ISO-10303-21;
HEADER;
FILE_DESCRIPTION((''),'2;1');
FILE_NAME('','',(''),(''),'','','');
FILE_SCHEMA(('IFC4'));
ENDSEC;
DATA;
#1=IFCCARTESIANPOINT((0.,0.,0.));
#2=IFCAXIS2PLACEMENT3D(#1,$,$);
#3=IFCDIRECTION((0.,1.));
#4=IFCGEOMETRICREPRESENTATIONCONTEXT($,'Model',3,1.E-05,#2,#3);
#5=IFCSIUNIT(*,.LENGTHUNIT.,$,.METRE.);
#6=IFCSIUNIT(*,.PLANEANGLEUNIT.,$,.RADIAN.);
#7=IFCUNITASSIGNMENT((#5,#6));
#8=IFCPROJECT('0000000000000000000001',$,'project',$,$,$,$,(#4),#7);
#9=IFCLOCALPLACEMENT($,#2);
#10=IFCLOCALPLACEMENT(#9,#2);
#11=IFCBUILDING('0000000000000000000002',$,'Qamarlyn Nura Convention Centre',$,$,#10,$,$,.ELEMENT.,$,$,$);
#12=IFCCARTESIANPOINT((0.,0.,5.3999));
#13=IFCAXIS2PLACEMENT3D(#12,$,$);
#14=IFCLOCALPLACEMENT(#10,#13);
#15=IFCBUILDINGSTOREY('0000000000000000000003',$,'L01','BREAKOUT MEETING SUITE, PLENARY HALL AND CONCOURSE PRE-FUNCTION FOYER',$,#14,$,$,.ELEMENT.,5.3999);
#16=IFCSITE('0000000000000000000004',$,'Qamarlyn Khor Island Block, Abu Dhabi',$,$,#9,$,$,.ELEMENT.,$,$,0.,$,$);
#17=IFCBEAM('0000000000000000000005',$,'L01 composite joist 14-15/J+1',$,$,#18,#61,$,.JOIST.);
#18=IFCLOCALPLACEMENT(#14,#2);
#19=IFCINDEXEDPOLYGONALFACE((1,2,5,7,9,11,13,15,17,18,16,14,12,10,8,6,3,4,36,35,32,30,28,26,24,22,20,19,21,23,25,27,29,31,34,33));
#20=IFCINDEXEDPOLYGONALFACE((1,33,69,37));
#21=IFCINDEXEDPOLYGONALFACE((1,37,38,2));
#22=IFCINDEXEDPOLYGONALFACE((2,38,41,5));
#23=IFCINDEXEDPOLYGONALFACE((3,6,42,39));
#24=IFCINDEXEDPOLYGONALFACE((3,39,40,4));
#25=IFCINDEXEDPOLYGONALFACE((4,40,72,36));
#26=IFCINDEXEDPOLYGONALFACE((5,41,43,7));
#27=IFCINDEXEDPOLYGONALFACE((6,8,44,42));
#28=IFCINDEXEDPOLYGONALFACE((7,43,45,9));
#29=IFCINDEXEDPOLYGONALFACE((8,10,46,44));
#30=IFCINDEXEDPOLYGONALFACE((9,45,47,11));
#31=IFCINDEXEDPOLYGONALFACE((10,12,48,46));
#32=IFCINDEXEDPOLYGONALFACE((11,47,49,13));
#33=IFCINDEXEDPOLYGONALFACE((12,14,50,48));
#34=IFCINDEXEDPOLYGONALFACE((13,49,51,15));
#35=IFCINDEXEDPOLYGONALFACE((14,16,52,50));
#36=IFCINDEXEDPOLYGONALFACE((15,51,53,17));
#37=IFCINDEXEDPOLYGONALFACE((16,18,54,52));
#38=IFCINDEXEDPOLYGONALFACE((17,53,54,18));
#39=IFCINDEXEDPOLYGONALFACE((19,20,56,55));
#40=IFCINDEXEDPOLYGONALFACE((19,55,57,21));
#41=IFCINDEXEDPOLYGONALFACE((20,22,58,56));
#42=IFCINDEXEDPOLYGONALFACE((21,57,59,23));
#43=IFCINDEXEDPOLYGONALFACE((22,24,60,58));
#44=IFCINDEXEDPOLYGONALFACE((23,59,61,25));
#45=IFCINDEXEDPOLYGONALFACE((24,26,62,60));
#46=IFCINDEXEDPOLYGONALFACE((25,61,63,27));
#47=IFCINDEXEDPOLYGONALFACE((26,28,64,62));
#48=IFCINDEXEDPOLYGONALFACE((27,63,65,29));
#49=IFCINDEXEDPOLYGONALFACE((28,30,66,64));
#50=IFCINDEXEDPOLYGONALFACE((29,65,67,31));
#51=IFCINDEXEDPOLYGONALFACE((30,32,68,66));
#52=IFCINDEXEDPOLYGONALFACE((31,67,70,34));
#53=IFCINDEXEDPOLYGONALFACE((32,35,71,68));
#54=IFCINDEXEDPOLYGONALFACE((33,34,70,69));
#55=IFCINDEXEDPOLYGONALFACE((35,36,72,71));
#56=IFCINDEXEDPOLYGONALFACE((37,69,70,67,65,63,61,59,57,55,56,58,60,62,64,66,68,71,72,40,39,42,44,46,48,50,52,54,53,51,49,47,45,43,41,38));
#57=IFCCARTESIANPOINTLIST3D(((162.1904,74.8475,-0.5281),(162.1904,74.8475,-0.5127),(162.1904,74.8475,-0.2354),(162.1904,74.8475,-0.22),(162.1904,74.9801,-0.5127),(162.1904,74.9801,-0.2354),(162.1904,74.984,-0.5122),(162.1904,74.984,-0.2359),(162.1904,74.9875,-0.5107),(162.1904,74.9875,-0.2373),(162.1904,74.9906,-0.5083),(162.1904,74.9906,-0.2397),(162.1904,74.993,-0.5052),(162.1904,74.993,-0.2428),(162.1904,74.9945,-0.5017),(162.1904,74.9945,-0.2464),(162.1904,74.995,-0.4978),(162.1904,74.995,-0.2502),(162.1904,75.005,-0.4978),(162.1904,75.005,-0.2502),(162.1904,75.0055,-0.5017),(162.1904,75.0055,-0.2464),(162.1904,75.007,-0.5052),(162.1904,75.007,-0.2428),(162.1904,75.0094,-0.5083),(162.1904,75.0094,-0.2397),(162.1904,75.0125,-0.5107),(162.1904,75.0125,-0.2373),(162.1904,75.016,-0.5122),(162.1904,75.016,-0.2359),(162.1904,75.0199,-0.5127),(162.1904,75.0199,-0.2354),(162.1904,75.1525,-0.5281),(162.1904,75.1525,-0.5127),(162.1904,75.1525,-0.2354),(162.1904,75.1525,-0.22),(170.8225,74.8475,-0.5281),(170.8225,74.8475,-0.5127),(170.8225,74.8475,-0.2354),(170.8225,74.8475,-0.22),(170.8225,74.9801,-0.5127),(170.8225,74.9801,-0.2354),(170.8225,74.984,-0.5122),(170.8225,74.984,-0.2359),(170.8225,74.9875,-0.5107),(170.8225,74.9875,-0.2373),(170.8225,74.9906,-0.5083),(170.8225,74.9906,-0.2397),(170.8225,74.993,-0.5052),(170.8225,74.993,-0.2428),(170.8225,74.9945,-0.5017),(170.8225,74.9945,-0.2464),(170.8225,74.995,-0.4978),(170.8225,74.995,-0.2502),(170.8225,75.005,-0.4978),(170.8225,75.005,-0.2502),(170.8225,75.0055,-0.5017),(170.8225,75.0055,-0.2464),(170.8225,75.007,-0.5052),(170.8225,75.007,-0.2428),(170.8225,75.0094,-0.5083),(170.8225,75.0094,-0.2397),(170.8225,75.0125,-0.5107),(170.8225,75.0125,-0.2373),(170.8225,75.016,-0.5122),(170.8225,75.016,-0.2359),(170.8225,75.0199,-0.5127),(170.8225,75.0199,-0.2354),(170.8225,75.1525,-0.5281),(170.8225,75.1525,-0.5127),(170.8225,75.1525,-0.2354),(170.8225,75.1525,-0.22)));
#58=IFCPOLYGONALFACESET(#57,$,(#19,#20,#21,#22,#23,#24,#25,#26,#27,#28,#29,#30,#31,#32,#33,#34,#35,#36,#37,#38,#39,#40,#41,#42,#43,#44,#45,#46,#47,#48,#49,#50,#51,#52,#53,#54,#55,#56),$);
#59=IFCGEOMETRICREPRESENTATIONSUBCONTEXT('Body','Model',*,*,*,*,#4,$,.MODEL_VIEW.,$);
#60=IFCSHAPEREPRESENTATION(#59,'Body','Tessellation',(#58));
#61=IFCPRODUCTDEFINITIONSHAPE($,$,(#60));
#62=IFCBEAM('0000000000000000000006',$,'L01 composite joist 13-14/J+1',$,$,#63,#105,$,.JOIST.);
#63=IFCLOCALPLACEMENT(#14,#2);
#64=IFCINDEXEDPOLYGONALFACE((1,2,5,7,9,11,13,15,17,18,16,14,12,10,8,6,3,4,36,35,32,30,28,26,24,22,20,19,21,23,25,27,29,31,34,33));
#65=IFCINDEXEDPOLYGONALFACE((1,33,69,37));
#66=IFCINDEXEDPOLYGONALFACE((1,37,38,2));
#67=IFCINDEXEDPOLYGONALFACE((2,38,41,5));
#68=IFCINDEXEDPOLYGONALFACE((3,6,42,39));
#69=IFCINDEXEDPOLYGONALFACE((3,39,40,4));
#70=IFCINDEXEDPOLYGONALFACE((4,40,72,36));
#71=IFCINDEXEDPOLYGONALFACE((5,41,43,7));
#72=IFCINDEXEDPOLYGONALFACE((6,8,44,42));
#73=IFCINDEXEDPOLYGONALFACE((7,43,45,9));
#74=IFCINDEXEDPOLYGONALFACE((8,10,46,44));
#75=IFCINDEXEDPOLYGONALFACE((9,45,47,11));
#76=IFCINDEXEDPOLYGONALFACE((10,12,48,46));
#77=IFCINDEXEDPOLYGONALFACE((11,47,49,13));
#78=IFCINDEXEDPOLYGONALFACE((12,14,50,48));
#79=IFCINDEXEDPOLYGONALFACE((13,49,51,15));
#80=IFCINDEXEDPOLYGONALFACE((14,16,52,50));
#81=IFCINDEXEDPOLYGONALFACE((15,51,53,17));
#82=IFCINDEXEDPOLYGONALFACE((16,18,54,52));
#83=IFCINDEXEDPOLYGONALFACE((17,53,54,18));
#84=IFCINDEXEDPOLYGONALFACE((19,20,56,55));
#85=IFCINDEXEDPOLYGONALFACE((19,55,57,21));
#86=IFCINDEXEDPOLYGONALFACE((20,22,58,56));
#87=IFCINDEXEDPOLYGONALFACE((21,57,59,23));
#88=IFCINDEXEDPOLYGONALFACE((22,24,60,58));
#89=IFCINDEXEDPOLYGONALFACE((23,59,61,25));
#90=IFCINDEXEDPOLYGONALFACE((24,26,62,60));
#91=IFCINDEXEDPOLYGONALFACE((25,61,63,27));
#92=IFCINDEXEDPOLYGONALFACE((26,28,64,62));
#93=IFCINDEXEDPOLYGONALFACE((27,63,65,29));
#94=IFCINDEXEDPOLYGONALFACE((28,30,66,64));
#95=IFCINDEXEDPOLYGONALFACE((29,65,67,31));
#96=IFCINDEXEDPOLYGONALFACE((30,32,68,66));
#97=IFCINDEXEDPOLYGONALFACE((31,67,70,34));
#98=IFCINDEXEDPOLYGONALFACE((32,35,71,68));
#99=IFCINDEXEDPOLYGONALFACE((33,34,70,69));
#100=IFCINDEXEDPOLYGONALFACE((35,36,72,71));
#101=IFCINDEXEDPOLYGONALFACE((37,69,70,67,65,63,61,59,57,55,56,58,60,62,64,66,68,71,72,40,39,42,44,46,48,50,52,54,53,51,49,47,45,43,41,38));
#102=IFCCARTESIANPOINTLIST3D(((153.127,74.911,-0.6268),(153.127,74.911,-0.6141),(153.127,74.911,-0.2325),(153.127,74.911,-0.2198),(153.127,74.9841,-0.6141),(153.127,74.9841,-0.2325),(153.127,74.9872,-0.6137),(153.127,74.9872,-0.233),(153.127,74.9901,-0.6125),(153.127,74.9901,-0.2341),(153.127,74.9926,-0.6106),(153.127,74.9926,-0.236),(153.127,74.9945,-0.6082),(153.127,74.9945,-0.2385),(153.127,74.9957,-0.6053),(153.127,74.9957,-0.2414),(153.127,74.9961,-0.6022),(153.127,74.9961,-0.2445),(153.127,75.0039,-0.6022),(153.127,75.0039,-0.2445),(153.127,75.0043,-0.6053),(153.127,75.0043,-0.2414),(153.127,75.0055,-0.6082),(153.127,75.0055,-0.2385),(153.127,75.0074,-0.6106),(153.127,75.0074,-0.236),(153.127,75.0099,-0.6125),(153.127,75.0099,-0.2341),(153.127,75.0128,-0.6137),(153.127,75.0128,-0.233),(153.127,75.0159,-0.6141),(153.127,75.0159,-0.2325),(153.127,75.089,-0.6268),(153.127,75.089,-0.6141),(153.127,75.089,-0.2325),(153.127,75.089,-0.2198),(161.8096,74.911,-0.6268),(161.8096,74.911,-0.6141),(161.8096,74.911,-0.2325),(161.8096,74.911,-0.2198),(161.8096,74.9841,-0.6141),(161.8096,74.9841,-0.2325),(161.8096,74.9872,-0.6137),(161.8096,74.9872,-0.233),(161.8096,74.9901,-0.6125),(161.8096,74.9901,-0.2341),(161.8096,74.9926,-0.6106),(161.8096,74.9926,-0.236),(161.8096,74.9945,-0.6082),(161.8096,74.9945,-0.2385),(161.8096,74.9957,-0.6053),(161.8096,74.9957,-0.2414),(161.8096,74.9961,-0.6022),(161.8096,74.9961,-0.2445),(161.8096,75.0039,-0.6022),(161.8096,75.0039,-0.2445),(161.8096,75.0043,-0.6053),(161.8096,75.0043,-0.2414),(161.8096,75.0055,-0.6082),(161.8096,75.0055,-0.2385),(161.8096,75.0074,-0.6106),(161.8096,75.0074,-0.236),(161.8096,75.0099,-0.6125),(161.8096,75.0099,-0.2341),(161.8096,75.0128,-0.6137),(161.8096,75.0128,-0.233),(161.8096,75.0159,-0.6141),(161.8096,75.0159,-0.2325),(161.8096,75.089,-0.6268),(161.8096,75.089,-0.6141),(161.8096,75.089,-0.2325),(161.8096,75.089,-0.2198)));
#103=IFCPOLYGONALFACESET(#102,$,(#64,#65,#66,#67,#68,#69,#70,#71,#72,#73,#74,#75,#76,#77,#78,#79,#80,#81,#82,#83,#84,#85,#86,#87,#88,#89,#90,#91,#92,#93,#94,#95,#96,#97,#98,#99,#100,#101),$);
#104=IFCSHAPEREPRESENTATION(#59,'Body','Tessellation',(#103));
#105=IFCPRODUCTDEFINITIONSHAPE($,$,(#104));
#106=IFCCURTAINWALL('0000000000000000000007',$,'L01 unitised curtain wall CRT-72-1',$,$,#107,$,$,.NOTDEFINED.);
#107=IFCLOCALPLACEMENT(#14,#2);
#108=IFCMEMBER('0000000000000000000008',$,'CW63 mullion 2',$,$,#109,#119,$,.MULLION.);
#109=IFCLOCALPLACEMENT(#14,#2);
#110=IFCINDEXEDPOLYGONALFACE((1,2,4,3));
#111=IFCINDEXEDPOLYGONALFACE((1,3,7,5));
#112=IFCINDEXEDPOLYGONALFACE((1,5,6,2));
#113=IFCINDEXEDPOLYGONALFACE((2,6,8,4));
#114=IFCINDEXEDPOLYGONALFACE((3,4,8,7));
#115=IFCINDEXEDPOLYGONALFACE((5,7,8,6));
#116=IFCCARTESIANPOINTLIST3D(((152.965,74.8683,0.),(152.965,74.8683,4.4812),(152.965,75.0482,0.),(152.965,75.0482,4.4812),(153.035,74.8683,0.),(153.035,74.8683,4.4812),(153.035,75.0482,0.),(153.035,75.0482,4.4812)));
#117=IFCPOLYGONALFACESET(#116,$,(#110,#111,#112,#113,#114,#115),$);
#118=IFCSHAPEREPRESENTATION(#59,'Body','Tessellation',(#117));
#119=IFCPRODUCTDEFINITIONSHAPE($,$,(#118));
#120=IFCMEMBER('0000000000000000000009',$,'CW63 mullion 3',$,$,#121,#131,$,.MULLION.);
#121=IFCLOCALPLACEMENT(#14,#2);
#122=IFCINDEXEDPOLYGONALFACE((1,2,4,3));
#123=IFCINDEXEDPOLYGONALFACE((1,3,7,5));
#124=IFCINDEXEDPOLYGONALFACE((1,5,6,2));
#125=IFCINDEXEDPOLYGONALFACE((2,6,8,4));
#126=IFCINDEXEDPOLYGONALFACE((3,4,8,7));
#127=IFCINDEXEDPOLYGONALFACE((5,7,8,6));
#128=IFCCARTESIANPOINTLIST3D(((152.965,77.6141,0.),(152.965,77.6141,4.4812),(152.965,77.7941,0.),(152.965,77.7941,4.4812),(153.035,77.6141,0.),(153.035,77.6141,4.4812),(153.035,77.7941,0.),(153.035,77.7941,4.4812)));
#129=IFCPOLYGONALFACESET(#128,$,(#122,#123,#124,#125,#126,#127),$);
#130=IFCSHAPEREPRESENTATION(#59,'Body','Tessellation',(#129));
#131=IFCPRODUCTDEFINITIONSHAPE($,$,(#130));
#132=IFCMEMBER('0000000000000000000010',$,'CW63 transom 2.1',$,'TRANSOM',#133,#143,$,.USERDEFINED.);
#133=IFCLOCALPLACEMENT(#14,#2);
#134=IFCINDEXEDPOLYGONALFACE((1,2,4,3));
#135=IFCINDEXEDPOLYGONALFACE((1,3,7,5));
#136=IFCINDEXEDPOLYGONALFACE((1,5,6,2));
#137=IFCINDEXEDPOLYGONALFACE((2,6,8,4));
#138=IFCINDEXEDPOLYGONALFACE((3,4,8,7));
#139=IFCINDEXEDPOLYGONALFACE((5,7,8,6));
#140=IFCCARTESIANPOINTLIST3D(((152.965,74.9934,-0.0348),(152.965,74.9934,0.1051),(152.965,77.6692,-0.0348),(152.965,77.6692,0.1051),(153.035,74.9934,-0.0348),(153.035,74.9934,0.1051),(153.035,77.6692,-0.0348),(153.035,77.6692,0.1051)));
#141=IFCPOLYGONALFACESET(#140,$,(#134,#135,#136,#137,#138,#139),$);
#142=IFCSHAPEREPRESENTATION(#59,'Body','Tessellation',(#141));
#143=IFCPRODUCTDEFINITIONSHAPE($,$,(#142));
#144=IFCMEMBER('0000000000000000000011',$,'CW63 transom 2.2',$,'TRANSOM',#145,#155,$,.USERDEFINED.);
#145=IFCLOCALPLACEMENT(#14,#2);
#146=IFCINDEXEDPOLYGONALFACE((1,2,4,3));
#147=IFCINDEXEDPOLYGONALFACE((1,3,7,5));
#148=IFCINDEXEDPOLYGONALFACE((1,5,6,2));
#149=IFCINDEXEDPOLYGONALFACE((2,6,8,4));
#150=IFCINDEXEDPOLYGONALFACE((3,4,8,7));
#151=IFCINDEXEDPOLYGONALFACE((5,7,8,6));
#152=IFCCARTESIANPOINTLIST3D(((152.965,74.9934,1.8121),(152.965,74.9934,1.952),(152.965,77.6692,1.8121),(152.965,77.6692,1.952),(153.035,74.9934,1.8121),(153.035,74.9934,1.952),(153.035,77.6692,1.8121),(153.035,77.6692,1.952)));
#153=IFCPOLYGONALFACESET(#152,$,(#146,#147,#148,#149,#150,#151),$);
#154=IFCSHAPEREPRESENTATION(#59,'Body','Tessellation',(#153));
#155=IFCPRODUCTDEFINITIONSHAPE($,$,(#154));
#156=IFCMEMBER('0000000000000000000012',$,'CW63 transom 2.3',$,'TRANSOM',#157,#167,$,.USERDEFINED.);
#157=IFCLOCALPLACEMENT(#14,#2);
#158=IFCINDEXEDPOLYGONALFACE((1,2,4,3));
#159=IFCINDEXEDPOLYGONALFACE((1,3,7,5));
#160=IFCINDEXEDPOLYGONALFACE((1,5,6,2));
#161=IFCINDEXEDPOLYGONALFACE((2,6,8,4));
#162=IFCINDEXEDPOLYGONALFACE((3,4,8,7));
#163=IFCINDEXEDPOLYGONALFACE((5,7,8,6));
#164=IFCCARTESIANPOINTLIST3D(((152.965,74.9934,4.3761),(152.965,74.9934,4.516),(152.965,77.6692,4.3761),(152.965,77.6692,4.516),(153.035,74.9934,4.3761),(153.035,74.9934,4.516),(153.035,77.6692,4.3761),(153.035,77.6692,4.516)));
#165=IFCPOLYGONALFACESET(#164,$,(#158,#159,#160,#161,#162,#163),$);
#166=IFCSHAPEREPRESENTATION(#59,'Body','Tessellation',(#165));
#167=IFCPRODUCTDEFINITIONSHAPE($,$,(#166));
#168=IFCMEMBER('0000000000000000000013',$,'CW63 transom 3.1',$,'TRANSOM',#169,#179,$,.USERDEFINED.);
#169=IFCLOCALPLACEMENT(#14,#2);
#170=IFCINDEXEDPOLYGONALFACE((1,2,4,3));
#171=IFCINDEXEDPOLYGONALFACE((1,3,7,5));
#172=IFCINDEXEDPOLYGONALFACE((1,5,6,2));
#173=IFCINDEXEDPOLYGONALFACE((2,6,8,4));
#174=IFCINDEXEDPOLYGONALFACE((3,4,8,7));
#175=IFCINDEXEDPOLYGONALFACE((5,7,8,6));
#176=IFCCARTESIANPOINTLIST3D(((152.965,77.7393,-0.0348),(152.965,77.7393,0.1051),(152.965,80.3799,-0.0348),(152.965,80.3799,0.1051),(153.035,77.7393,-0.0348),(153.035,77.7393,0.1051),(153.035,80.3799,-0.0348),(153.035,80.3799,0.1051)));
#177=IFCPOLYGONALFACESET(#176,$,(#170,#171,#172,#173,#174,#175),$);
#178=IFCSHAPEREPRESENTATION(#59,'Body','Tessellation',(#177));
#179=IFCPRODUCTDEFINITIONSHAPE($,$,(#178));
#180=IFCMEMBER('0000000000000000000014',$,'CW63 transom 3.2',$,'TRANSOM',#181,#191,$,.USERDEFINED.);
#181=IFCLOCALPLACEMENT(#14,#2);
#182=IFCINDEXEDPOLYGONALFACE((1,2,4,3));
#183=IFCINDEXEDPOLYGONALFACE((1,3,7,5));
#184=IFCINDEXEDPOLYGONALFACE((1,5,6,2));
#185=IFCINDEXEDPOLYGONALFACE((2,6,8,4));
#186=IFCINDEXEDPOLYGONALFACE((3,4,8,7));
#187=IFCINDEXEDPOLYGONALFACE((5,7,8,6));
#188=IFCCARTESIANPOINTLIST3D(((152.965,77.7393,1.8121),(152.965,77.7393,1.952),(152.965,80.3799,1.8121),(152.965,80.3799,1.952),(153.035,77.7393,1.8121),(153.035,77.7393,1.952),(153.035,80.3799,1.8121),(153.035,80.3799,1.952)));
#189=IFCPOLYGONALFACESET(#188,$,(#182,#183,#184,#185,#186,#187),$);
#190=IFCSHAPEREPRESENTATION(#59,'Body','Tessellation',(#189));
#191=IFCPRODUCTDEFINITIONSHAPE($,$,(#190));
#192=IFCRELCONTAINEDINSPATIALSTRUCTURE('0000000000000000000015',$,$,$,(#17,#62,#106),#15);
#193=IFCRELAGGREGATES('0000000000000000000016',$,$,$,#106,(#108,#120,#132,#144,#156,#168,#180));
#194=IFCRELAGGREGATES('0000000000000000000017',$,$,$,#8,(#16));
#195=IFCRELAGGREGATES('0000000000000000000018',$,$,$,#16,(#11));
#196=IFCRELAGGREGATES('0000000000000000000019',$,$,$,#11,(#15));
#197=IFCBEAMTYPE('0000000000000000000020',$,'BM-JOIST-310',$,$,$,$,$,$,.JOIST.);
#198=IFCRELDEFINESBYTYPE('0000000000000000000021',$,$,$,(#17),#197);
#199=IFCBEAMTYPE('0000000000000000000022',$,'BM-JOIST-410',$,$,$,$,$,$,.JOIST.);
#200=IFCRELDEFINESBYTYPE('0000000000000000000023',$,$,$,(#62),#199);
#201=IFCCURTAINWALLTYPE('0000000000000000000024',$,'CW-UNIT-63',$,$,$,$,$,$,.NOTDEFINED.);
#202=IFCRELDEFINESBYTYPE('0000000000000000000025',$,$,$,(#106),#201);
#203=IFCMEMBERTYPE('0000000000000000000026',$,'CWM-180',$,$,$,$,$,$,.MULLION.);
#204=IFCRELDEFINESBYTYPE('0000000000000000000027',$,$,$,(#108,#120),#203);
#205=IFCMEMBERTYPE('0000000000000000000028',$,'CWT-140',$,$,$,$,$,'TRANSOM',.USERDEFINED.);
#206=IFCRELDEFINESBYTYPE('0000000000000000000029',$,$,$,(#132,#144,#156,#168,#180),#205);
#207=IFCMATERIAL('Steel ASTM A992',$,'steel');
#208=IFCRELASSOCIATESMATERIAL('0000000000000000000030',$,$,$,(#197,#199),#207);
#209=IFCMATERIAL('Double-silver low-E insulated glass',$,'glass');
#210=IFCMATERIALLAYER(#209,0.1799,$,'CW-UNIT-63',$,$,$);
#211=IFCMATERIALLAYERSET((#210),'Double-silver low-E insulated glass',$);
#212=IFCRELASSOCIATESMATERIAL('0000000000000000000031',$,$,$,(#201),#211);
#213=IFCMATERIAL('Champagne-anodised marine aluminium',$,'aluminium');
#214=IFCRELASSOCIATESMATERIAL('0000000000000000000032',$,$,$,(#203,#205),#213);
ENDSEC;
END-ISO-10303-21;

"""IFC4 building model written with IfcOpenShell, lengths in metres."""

from ifc_helpers import new_model, si_unit, direction, frame, origin, origin_2d, place, context, subcontext, project, spatial, rectangle, i_section, extrude, material, layer, layer_set, material_profile, profile_set, type_object, element, aggregate, save


model = new_model("IFC4")

# Units and contexts
model_context = context("Model", 3, precision=1e-05, world=origin(), true_north=direction((0.0, 1.0)))
body_context = subcontext(model_context, "Body", "Model", "MODEL_VIEW")
ifc_project = project(units=[si_unit("LENGTHUNIT", "METRE"), si_unit("PLANEANGLEUNIT", "RADIAN")], contexts=[model_context])

# Site, building, storey
site_placement = place(None, origin())
site = spatial("IfcSite", under=ifc_project, at=site_placement, Name="Qamarlyn Khor Island Block, Abu Dhabi", CompositionType="ELEMENT", RefElevation=0.0)
building_placement = place(site_placement, origin())
building = spatial("IfcBuilding", under=site, at=building_placement, Name="Qamarlyn Nura Convention Centre", CompositionType="ELEMENT")
storey_placement = place(building_placement, frame((0.0, 0.0, 5.3999)))
storey = spatial("IfcBuildingStorey", under=building, at=storey_placement, Name="L01", Description="BREAKOUT MEETING SUITE, PLENARY HALL AND CONCOURSE PRE-FUNCTION FOYER", CompositionType="ELEMENT", Elevation=5.3999)

# Beams
ifc_material_1 = material(Name="Steel ASTM A992", Category="steel")
ifc_material_profile_1 = material_profile(ifc_material_1, i_section(OverallWidth=0.3049, OverallDepth=0.3081, WebThickness=0.01, FlangeThickness=0.0154, FilletRadius=0.0149, at=origin_2d()), Name="W310X97")
ifc_profile_set_1 = profile_set([ifc_material_profile_1], Name="Steel ASTM A992")
beam_type_1 = type_object("IfcBeamType", Name="BM-JOIST-310", PredefinedType="JOIST", material=ifc_profile_set_1)
beam_1_placement = place(storey_placement, frame((162.1904, 75.0, -0.374), z_axis=(1.0, 0.0, 0.0), x_axis=(0.0, 1.0, 0.0)))
element("IfcBeam", 1, at=beam_1_placement, inside=storey, type_object=beam_type_1, Name="L01 composite joist 14-15/J+1", PredefinedType="JOIST", context=body_context, shape_type="SweptSolid", body=[
    extrude(i_section(OverallWidth=0.3049, OverallDepth=0.3081, WebThickness=0.01, FlangeThickness=0.0154, FilletRadius=0.0149, at=origin_2d()), origin(), (0.0, 0.0, 1.0), 8.6321),
])
ifc_material_profile_2 = material_profile(ifc_material_1, i_section(OverallWidth=0.178, OverallDepth=0.407, WebThickness=0.0078, FlangeThickness=0.0127, FilletRadius=0.012, at=origin_2d()), Name="W410X60")
ifc_profile_set_2 = profile_set([ifc_material_profile_2], Name="Steel ASTM A992")
beam_type_2 = type_object("IfcBeamType", Name="BM-JOIST-410", PredefinedType="JOIST", material=ifc_profile_set_2)
beam_2_placement = place(storey_placement, frame((153.127, 75.0, -0.4233), z_axis=(1.0, 0.0, 0.0), x_axis=(0.0, 1.0, 0.0)))
element("IfcBeam", 2, at=beam_2_placement, inside=storey, type_object=beam_type_2, Name="L01 composite joist 13-14/J+1", PredefinedType="JOIST", context=body_context, shape_type="SweptSolid", body=[
    extrude(i_section(OverallWidth=0.178, OverallDepth=0.407, WebThickness=0.0078, FlangeThickness=0.0127, FilletRadius=0.012, at=origin_2d()), origin(), (0.0, 0.0, 1.0), 8.6826),
])

# Curtain wall, members
ifc_material_2 = material(Name="Double-silver low-E insulated glass", Category="glass")
ifc_layer_1 = layer(ifc_material_2, 0.1799, Name="CW-UNIT-63")
ifc_layer_set_1 = layer_set([ifc_layer_1], Name="Double-silver low-E insulated glass")
curtain_wall_type = type_object("IfcCurtainWallType", Name="CW-UNIT-63", PredefinedType="NOTDEFINED", material=ifc_layer_set_1)
curtain_wall_placement = place(storey_placement, origin())
curtain_wall = element("IfcCurtainWall", 3, at=curtain_wall_placement, inside=storey, type_object=curtain_wall_type, Name="L01 unitised curtain wall CRT-72-1", PredefinedType="NOTDEFINED")
ifc_material_3 = material(Name="Champagne-anodised marine aluminium", Category="aluminium")
ifc_material_profile_3 = material_profile(ifc_material_3, rectangle(XDim=0.0701, YDim=0.1799, at=origin_2d()), Name="ALU MULLION 70x180")
ifc_profile_set_3 = profile_set([ifc_material_profile_3], Name="Champagne-anodised marine aluminium")
member_type_1 = type_object("IfcMemberType", Name="CWM-180", PredefinedType="MULLION", material=ifc_profile_set_3)
member_1_placement = place(storey_placement, frame((153.0, 74.9583, 0.0), z_axis=(0.0, 0.0, 1.0), x_axis=(-1.0, 0.0, 0.0)))
member_1 = element("IfcMember", 4, at=member_1_placement, type_object=member_type_1, Name="CW63 mullion 2", PredefinedType="MULLION", context=body_context, shape_type="SweptSolid", body=[
    extrude(rectangle(XDim=0.0701, YDim=0.1799, at=origin_2d()), origin(), (0.0, 0.0, 1.0), 4.4812),
])
member_2_placement = place(storey_placement, frame((153.0, 77.7041, 0.0), z_axis=(0.0, 0.0, 1.0), x_axis=(-1.0, 0.0, 0.0)))
member_2 = element("IfcMember", 5, at=member_2_placement, type_object=member_type_1, Name="CW63 mullion 3", PredefinedType="MULLION", context=body_context, shape_type="SweptSolid", body=[
    extrude(rectangle(XDim=0.0701, YDim=0.1799, at=origin_2d()), origin(), (0.0, 0.0, 1.0), 4.4812),
])
ifc_material_profile_4 = material_profile(ifc_material_3, rectangle(XDim=0.0701, YDim=0.1399, at=origin_2d()), Name="ALU TRANSOM 70x140")
ifc_profile_set_4 = profile_set([ifc_material_profile_4], Name="Champagne-anodised marine aluminium")
member_type_2 = type_object("IfcMemberType", Name="CWT-140", ElementType="TRANSOM", PredefinedType="USERDEFINED", material=ifc_profile_set_4)
member_3_placement = place(storey_placement, frame((153.0, 74.9934, 0.0352), z_axis=(0.0, 1.0, 0.0), x_axis=(-1.0, 0.0, 0.0)))
member_3 = element("IfcMember", 6, at=member_3_placement, type_object=member_type_2, Name="CW63 transom 2.1", ObjectType="TRANSOM", PredefinedType="USERDEFINED", context=body_context, shape_type="SweptSolid", body=[
    extrude(rectangle(XDim=0.0701, YDim=0.1399, at=origin_2d()), origin(), (0.0, 0.0, 1.0), 2.6758),
])
member_4_placement = place(storey_placement, frame((153.0, 74.9934, 1.8821), z_axis=(0.0, 1.0, 0.0), x_axis=(-1.0, 0.0, 0.0)))
member_4 = element("IfcMember", 7, at=member_4_placement, type_object=member_type_2, Name="CW63 transom 2.2", ObjectType="TRANSOM", PredefinedType="USERDEFINED", context=body_context, shape_type="SweptSolid", body=[
    extrude(rectangle(XDim=0.0701, YDim=0.1399, at=origin_2d()), origin(), (0.0, 0.0, 1.0), 2.6758),
])
member_5_placement = place(storey_placement, frame((153.0, 74.9934, 4.446), z_axis=(0.0, 1.0, 0.0), x_axis=(-1.0, 0.0, 0.0)))
member_5 = element("IfcMember", 8, at=member_5_placement, type_object=member_type_2, Name="CW63 transom 2.3", ObjectType="TRANSOM", PredefinedType="USERDEFINED", context=body_context, shape_type="SweptSolid", body=[
    extrude(rectangle(XDim=0.0701, YDim=0.1399, at=origin_2d()), origin(), (0.0, 0.0, 1.0), 2.6758),
])
member_6_placement = place(storey_placement, frame((153.0, 77.7393, 0.0352), z_axis=(0.0, 1.0, 0.0), x_axis=(-1.0, 0.0, 0.0)))
member_6 = element("IfcMember", 9, at=member_6_placement, type_object=member_type_2, Name="CW63 transom 3.1", ObjectType="TRANSOM", PredefinedType="USERDEFINED", context=body_context, shape_type="SweptSolid", body=[
    extrude(rectangle(XDim=0.0701, YDim=0.1399, at=origin_2d()), origin(), (0.0, 0.0, 1.0), 2.6406),
])
member_7_placement = place(storey_placement, frame((153.0, 77.7393, 1.8821), z_axis=(0.0, 1.0, 0.0), x_axis=(-1.0, 0.0, 0.0)))
member_7 = element("IfcMember", 10, at=member_7_placement, type_object=member_type_2, Name="CW63 transom 3.2", ObjectType="TRANSOM", PredefinedType="USERDEFINED", context=body_context, shape_type="SweptSolid", body=[
    extrude(rectangle(XDim=0.0701, YDim=0.1399, at=origin_2d()), origin(), (0.0, 0.0, 1.0), 2.6406),
])
aggregate(curtain_wall, [member_1, member_2, member_3, member_4, member_5, member_6, member_7])

save(model, "model.ifc")
